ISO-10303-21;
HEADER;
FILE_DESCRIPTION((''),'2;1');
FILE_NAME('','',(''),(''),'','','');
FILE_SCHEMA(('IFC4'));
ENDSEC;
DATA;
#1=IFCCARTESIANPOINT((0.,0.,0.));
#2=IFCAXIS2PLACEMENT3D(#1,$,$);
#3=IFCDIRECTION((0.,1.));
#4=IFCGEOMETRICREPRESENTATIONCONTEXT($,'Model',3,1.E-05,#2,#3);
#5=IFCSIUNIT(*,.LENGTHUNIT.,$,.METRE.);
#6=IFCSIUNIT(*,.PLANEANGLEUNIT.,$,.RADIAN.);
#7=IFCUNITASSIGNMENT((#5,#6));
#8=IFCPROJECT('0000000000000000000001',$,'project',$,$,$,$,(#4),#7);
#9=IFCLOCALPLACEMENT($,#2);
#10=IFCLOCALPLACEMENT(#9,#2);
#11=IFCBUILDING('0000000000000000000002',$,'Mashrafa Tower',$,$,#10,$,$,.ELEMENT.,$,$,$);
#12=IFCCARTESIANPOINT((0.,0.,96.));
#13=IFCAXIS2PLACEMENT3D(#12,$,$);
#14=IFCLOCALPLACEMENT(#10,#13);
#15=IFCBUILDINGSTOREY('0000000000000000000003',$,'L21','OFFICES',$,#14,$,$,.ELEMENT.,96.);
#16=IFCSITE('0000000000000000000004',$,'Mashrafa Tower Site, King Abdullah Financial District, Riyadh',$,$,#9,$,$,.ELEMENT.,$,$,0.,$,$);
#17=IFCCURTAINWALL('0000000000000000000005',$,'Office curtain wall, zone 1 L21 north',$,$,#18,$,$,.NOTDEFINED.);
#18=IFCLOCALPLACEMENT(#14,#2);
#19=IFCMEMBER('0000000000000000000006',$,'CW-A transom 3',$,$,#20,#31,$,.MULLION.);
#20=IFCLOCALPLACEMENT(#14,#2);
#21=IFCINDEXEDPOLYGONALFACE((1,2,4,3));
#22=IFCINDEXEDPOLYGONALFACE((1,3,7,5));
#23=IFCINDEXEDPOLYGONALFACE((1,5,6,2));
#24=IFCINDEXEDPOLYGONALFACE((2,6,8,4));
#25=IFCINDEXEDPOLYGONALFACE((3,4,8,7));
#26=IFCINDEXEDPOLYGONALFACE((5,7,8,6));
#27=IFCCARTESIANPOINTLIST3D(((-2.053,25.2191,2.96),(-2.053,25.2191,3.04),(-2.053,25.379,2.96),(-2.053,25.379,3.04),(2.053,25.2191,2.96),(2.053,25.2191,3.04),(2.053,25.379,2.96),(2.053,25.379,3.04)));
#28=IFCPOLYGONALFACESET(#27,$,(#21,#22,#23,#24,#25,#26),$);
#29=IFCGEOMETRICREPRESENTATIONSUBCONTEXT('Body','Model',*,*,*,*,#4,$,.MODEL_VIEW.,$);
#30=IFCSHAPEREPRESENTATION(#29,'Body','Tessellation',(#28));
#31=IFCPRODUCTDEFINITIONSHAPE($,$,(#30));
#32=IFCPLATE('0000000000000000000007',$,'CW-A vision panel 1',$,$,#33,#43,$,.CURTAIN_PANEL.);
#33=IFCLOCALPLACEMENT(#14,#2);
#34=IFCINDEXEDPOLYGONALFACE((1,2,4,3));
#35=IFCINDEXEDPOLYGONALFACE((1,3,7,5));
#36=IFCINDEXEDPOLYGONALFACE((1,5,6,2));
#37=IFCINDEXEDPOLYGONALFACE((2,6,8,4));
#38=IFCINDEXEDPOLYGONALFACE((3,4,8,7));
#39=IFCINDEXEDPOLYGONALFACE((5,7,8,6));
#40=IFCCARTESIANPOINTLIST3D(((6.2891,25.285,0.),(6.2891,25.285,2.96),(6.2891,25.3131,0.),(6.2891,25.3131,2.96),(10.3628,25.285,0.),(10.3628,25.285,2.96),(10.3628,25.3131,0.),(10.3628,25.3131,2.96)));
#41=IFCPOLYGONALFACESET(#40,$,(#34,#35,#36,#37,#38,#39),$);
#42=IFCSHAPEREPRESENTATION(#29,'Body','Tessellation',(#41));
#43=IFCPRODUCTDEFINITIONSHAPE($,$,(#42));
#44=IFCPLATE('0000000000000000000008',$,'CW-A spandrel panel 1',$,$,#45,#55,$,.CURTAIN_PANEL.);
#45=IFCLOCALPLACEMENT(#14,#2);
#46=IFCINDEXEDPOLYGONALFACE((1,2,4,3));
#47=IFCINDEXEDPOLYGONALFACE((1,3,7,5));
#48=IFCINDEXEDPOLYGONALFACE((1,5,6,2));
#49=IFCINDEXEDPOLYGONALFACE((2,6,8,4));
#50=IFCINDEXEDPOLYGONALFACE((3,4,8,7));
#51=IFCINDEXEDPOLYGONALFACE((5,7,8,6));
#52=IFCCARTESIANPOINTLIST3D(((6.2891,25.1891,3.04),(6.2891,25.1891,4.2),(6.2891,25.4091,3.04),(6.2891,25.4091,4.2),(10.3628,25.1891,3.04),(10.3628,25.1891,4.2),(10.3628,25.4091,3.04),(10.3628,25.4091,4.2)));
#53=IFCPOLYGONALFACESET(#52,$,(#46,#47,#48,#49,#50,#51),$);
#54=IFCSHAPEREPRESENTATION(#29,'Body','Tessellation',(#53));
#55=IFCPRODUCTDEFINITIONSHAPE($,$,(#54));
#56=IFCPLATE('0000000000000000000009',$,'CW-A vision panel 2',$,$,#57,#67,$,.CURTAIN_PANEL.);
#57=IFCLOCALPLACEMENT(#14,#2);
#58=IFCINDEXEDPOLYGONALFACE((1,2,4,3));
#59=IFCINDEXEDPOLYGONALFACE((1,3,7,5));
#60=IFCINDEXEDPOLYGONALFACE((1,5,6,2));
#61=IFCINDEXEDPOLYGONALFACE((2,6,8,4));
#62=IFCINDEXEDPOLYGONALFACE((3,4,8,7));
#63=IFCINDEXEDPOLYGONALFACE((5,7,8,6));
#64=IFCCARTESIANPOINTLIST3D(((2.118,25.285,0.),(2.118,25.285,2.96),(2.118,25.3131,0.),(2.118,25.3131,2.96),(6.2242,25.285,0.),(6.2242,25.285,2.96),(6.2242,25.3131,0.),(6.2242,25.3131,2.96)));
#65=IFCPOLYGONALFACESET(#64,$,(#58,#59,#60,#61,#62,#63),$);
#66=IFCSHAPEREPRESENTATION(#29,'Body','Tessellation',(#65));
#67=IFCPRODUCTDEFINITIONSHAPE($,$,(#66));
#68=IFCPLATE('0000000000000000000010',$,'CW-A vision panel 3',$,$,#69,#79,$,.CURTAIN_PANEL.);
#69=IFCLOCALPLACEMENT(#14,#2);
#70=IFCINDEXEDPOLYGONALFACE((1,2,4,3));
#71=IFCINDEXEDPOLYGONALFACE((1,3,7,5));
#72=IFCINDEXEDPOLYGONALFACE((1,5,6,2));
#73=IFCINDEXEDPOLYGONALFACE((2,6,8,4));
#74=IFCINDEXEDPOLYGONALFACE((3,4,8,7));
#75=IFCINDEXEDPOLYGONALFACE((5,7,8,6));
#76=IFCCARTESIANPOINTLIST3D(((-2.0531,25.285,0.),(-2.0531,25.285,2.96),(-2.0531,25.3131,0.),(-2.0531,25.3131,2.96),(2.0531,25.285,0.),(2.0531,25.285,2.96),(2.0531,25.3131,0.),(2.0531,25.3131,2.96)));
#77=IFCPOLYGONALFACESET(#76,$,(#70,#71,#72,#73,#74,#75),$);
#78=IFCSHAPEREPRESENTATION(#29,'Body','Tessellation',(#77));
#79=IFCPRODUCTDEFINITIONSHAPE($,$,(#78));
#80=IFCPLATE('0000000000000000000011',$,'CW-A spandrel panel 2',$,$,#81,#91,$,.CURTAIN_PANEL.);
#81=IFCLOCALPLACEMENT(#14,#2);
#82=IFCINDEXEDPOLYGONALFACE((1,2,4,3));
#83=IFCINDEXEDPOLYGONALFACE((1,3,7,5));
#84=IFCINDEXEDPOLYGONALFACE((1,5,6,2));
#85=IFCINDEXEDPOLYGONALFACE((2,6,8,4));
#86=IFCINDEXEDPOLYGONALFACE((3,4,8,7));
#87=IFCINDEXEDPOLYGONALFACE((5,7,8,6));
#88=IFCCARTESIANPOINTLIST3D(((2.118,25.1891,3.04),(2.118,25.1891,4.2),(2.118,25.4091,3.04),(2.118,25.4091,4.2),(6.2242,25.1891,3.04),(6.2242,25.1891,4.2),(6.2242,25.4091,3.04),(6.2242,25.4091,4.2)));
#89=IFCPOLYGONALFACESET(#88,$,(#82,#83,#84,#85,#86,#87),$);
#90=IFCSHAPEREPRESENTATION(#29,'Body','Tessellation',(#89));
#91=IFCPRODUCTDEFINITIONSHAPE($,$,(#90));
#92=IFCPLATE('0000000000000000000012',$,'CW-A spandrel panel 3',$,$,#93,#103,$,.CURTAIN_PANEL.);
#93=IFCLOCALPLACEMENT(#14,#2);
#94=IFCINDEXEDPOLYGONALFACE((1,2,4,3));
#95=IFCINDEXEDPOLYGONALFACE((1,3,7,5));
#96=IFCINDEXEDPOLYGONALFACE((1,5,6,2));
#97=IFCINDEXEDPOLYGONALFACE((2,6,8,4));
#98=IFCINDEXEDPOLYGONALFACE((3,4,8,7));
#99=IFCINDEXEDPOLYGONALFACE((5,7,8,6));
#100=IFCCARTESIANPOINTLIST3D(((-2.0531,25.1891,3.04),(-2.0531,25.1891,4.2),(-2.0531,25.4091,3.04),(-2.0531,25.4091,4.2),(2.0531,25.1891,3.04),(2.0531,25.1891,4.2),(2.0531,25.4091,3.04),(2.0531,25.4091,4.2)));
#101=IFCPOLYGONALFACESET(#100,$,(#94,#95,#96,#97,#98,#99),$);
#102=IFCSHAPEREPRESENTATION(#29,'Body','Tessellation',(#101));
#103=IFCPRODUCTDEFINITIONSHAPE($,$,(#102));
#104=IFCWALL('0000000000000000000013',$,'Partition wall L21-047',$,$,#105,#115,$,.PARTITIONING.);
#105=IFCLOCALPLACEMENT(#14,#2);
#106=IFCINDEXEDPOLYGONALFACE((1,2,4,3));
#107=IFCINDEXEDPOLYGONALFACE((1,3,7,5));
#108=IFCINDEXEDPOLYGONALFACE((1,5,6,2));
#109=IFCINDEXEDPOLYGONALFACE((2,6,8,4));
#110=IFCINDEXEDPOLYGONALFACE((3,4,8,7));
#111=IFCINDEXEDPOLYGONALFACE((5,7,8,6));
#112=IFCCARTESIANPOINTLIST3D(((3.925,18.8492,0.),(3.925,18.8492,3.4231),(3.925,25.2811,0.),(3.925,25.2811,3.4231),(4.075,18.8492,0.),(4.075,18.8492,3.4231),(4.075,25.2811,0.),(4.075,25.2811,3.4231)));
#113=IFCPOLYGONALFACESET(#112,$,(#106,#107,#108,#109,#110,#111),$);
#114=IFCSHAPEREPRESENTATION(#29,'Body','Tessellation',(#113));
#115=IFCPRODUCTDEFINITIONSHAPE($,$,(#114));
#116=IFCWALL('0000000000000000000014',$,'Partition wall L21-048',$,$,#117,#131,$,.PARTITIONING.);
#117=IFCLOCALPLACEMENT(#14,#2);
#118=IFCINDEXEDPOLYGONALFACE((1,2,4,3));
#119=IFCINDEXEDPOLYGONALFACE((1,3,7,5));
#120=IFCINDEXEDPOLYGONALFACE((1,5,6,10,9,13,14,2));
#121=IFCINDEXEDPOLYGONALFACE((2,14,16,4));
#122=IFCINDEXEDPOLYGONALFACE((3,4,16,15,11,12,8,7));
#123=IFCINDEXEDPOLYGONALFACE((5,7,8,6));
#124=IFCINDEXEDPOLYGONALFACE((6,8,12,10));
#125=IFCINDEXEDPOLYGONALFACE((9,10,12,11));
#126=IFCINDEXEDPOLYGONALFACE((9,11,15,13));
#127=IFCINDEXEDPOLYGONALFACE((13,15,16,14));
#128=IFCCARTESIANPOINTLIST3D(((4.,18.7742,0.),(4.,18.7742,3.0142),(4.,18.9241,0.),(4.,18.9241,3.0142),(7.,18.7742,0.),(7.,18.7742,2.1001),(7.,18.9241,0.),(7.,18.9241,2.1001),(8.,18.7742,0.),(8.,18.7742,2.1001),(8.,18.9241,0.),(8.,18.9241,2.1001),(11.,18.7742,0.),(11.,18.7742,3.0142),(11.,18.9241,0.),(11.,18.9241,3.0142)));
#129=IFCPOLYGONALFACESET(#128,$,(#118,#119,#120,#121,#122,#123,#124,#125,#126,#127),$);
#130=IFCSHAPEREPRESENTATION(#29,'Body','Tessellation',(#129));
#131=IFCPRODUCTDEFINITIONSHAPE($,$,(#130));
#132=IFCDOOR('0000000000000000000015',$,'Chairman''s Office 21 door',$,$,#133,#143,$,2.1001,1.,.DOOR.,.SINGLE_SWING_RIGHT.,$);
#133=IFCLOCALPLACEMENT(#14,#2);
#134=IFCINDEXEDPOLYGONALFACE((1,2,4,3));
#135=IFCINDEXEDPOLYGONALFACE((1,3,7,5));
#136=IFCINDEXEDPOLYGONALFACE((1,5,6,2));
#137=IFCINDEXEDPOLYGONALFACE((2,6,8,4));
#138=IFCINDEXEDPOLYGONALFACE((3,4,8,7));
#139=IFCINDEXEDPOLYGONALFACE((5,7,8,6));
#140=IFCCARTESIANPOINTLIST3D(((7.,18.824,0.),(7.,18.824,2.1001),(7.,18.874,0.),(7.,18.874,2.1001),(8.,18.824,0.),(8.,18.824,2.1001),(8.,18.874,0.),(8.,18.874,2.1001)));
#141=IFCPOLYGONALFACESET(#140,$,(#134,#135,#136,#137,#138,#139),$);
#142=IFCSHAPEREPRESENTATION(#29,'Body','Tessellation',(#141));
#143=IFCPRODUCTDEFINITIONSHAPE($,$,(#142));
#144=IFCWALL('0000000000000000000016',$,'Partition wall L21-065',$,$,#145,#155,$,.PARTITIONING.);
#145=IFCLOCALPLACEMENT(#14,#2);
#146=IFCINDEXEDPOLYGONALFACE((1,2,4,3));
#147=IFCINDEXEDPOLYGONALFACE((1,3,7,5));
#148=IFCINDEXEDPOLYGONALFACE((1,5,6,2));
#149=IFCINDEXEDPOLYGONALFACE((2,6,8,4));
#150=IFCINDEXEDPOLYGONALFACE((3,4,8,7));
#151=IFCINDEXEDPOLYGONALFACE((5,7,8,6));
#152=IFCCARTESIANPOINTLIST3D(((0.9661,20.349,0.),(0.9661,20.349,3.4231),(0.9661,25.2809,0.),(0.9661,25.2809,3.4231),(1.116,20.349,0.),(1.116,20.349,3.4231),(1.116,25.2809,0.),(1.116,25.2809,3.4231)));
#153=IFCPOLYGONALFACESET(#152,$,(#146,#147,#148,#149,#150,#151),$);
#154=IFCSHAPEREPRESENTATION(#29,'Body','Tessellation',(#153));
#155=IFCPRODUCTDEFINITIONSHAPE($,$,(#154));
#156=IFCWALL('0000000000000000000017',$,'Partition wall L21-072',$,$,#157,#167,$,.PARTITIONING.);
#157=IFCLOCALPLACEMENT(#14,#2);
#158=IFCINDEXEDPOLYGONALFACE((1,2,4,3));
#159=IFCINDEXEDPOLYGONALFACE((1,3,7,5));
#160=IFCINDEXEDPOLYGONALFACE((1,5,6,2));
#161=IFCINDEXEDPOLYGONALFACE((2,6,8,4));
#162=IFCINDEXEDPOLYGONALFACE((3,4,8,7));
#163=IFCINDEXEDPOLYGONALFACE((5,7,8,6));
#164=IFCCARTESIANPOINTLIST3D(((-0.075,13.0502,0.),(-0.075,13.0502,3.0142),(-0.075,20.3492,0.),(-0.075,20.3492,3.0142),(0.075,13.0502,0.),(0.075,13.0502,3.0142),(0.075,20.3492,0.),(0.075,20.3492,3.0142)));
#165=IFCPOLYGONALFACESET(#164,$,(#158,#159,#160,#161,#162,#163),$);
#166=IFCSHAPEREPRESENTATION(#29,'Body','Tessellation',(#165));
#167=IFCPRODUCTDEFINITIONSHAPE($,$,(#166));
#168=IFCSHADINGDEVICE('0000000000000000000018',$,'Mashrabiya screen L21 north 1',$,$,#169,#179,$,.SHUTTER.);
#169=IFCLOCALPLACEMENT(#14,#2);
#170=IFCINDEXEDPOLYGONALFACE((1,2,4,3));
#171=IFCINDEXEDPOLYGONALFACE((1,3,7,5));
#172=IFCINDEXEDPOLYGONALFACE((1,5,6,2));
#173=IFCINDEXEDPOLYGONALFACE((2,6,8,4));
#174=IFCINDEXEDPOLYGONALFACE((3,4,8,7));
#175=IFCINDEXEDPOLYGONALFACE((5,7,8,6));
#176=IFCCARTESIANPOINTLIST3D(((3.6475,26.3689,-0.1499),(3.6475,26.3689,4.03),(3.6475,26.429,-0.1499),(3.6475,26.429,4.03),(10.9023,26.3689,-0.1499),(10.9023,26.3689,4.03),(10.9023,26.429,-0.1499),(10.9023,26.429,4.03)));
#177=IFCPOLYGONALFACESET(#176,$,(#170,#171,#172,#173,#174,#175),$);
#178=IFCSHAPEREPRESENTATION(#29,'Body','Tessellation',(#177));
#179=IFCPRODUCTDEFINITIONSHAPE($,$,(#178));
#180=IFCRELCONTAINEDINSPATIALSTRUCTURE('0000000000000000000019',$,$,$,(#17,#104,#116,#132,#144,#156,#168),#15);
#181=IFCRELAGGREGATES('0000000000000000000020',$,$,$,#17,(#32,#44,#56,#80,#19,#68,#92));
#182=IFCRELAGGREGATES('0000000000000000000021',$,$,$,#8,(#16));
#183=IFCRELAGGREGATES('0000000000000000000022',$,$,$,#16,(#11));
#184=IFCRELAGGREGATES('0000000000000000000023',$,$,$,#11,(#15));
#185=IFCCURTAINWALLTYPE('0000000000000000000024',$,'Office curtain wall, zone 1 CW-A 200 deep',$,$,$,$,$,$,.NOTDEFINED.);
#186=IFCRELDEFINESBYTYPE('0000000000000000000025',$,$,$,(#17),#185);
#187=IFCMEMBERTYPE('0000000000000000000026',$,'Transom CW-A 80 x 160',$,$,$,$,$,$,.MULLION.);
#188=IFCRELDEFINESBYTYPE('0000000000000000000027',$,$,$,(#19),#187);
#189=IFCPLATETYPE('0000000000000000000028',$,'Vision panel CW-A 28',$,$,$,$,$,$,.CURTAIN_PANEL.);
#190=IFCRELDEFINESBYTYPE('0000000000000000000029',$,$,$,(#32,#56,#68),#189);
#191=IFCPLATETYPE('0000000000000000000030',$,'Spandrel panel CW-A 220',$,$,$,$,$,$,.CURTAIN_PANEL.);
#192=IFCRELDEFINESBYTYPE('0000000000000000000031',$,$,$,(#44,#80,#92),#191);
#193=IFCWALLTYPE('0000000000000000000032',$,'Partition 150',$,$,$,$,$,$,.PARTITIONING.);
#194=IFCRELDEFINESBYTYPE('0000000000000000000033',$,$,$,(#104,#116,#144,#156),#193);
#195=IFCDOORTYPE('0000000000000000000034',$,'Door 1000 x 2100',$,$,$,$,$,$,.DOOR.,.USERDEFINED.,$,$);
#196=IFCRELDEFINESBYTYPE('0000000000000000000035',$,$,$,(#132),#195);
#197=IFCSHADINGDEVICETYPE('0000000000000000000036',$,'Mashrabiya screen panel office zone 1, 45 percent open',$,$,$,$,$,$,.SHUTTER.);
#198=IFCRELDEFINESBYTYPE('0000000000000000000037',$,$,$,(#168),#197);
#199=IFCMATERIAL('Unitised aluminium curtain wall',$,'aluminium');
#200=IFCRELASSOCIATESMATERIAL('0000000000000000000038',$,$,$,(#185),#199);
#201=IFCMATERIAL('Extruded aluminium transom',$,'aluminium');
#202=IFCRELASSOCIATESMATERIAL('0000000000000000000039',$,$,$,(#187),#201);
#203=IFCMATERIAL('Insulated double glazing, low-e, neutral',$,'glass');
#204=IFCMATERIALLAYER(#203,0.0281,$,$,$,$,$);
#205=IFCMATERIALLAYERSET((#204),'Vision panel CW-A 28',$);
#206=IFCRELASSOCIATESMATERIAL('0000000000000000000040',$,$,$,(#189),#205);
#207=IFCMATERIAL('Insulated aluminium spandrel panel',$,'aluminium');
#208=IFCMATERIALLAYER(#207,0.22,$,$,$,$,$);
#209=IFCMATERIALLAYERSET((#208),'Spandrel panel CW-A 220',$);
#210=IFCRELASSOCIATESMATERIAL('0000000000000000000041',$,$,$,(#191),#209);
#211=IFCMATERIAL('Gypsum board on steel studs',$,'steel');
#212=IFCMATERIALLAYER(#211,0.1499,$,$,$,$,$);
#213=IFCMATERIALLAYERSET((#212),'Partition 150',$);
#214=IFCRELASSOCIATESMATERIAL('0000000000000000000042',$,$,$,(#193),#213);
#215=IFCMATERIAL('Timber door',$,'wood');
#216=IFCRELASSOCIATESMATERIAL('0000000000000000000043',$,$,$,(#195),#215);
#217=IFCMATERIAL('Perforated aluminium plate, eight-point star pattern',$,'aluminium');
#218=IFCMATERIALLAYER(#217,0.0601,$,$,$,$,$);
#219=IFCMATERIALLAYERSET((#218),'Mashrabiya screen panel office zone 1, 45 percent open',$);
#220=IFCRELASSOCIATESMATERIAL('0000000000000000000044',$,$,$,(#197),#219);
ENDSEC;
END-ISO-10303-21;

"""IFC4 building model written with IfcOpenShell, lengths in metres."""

from ifc_helpers import new_model, si_unit, direction, frame, frame_2d, origin, origin_2d, place, context, subcontext, project, spatial, rectangle, extrude, source, transform, mapped, material, layer, layer_set, material_profile, profile_set, type_object, type_shapes, element, fill, aggregate, save


model = new_model("IFC4")

# Units and contexts
model_context = context("Model", 3, precision=1e-05, world=origin(), true_north=direction((0.0, 1.0)))
body_context = subcontext(model_context, "Body", "Model", "MODEL_VIEW")
ifc_project = project(units=[si_unit("LENGTHUNIT", "METRE"), si_unit("PLANEANGLEUNIT", "RADIAN")], contexts=[model_context])

# Site, building, storey
site_placement = place(None, origin())
site = spatial("IfcSite", under=ifc_project, at=site_placement, Name="Mashrafa Tower Site, King Abdullah Financial District, Riyadh", CompositionType="ELEMENT", RefElevation=0.0)
building_placement = place(site_placement, origin())
building = spatial("IfcBuilding", under=site, at=building_placement, Name="Mashrafa Tower", CompositionType="ELEMENT")
storey_placement = place(building_placement, frame((0.0, 0.0, 96.0)))
storey = spatial("IfcBuildingStorey", under=building, at=storey_placement, Name="L21", Description="OFFICES", CompositionType="ELEMENT", Elevation=96.0)

# Shared definitions
ifc_material_1 = material(Name="Unitised aluminium curtain wall", Category="aluminium")
curtain_wall_type = type_object("IfcCurtainWallType", Name="Office curtain wall, zone 1 CW-A 200 deep", PredefinedType="NOTDEFINED", material=ifc_material_1)

# Curtain wall, member, plates
curtain_wall_1_placement = place(storey_placement, origin())
curtain_wall_1 = element("IfcCurtainWall", 1, at=curtain_wall_1_placement, inside=storey, type_object=curtain_wall_type, Name="Office curtain wall, zone 1 L21 north", PredefinedType="NOTDEFINED")
ifc_material_2 = material(Name="Extruded aluminium transom", Category="aluminium")
ifc_material_profile_1 = material_profile(ifc_material_2, rectangle(XDim=0.1599, YDim=0.0801, at=origin_2d()), Name="Transom 80x160")
ifc_profile_set_1 = profile_set([ifc_material_profile_1], Name="Extruded aluminium transom")
member_type_1 = type_object("IfcMemberType", Name="Transom CW-A 80 x 160", PredefinedType="MULLION", material=ifc_profile_set_1)
shared_shape_1 = source(origin(), body_context, "Body", "SweptSolid", [
    extrude(rectangle(XDim=0.1599, YDim=0.0801, at=origin_2d()), origin(), (0.0, 0.0, 1.0), 4.106),
])
member_1_placement = place(storey_placement, frame((2.053, 25.2991, 3.0), z_axis=(-1.0, 0.0, 0.0), x_axis=(0.0, -1.0, 0.0)))
member_1 = element("IfcMember", 2, at=member_1_placement, type_object=member_type_1, Name="CW-A transom 3", PredefinedType="MULLION", context=body_context, shape_type="MappedRepresentation", body=[
    mapped(shared_shape_1, transform((0.0, 0.0, 0.0))),
])
ifc_material_3 = material(Name="Insulated double glazing, low-e, neutral", Category="glass")
ifc_layer_1 = layer(ifc_material_3, 0.0281)
ifc_layer_set_1 = layer_set([ifc_layer_1], Name="Vision panel CW-A 28")
plate_type_1 = type_object("IfcPlateType", Name="Vision panel CW-A 28", PredefinedType="CURTAIN_PANEL", material=ifc_layer_set_1)
shared_shape_2 = source(origin(), body_context, "Body", "SweptSolid", [
    extrude(rectangle(XDim=4.0737, YDim=0.0281, at=origin_2d()), origin(), (0.0, 0.0, 1.0), 2.96),
])
plate_1_placement = place(storey_placement, frame((8.3259, 25.2991, 0.0), z_axis=(0.0, 0.0, 1.0), x_axis=(-1.0, 0.0, 0.0)))
plate_1 = element("IfcPlate", 3, at=plate_1_placement, type_object=plate_type_1, Name="CW-A vision panel 1", PredefinedType="CURTAIN_PANEL", context=body_context, shape_type="MappedRepresentation", body=[
    mapped(shared_shape_2, transform((0.0, 0.0, 0.0))),
])
ifc_material_4 = material(Name="Insulated aluminium spandrel panel", Category="aluminium")
ifc_layer_2 = layer(ifc_material_4, 0.22)
ifc_layer_set_2 = layer_set([ifc_layer_2], Name="Spandrel panel CW-A 220")
plate_type_2 = type_object("IfcPlateType", Name="Spandrel panel CW-A 220", PredefinedType="CURTAIN_PANEL", material=ifc_layer_set_2)
shared_shape_3 = source(origin(), body_context, "Body", "SweptSolid", [
    extrude(rectangle(XDim=4.0737, YDim=0.22, at=origin_2d()), origin(), (0.0, 0.0, 1.0), 1.1599),
])
plate_2_placement = place(storey_placement, frame((8.3259, 25.2991, 3.04), z_axis=(0.0, 0.0, 1.0), x_axis=(-1.0, 0.0, 0.0)))
plate_2 = element("IfcPlate", 4, at=plate_2_placement, type_object=plate_type_2, Name="CW-A spandrel panel 1", PredefinedType="CURTAIN_PANEL", context=body_context, shape_type="MappedRepresentation", body=[
    mapped(shared_shape_3, transform((0.0, 0.0, 0.0))),
])
shared_shape_4 = source(origin(), body_context, "Body", "SweptSolid", [
    extrude(rectangle(XDim=4.1062, YDim=0.0281, at=origin_2d()), origin(), (0.0, 0.0, 1.0), 2.96),
])
type_shapes(plate_type_1, [shared_shape_2, shared_shape_4])
plate_3_placement = place(storey_placement, frame((4.1711, 25.2991, 0.0), z_axis=(0.0, 0.0, 1.0), x_axis=(-1.0, 0.0, 0.0)))
plate_3 = element("IfcPlate", 5, at=plate_3_placement, type_object=plate_type_1, Name="CW-A vision panel 2", PredefinedType="CURTAIN_PANEL", context=body_context, shape_type="MappedRepresentation", body=[
    mapped(shared_shape_4, transform((0.0, 0.0, 0.0))),
])
plate_4_placement = place(storey_placement, frame((0.0, 25.2991, 0.0), z_axis=(0.0, 0.0, 1.0), x_axis=(-1.0, 0.0, 0.0)))
plate_4 = element("IfcPlate", 6, at=plate_4_placement, type_object=plate_type_1, Name="CW-A vision panel 3", PredefinedType="CURTAIN_PANEL", context=body_context, shape_type="MappedRepresentation", body=[
    mapped(shared_shape_4, transform((0.0, 0.0, 0.0))),
])
shared_shape_5 = source(origin(), body_context, "Body", "SweptSolid", [
    extrude(rectangle(XDim=4.1062, YDim=0.22, at=origin_2d()), origin(), (0.0, 0.0, 1.0), 1.1599),
])
type_shapes(plate_type_2, [shared_shape_3, shared_shape_5])
plate_5_placement = place(storey_placement, frame((4.1711, 25.2991, 3.04), z_axis=(0.0, 0.0, 1.0), x_axis=(-1.0, 0.0, 0.0)))
plate_5 = element("IfcPlate", 7, at=plate_5_placement, type_object=plate_type_2, Name="CW-A spandrel panel 2", PredefinedType="CURTAIN_PANEL", context=body_context, shape_type="MappedRepresentation", body=[
    mapped(shared_shape_5, transform((0.0, 0.0, 0.0))),
])
plate_6_placement = place(storey_placement, frame((0.0, 25.2991, 3.04), z_axis=(0.0, 0.0, 1.0), x_axis=(-1.0, 0.0, 0.0)))
plate_6 = element("IfcPlate", 8, at=plate_6_placement, type_object=plate_type_2, Name="CW-A spandrel panel 3", PredefinedType="CURTAIN_PANEL", context=body_context, shape_type="MappedRepresentation", body=[
    mapped(shared_shape_5, transform((0.0, 0.0, 0.0))),
])
aggregate(curtain_wall_1, [plate_1, plate_2, plate_3, plate_5, member_1, plate_4, plate_6])

# Wall
ifc_material_5 = material(Name="Gypsum board on steel studs", Category="steel")
ifc_layer_3 = layer(ifc_material_5, 0.1499)
ifc_layer_set_3 = layer_set([ifc_layer_3], Name="Partition 150")
wall_type = type_object("IfcWallType", Name="Partition 150", PredefinedType="PARTITIONING", material=ifc_layer_set_3)
wall_1_placement = place(storey_placement, frame((4.0, 25.281, 0.0), z_axis=(0.0, 0.0, 1.0), x_axis=(0.0, -1.0, 0.0)))
element("IfcWall", 9, at=wall_1_placement, inside=storey, type_object=wall_type, Name="Partition wall L21-047", PredefinedType="PARTITIONING", context=body_context, shape_type="SweptSolid", body=[
    extrude(rectangle(XDim=6.4319, YDim=0.1499, at=frame_2d((3.2158, 0.0))), origin(), (0.0, 0.0, 1.0), 3.4231),
])

# Wall, opening, door
wall_2_placement = place(storey_placement, frame((4.0, 18.8491, 0.0), z_axis=(0.0, 0.0, 1.0), x_axis=(1.0, 0.0, 0.0)))
wall_2 = element("IfcWall", 10, at=wall_2_placement, inside=storey, type_object=wall_type, Name="Partition wall L21-048", PredefinedType="PARTITIONING", context=body_context, shape_type="SweptSolid", body=[
    extrude(rectangle(XDim=7.0, YDim=0.1499, at=frame_2d((3.5, 0.0))), origin(), (0.0, 0.0, 1.0), 3.0142),
])
opening_placement = place(wall_2_placement, frame((3.0, 0.0, 0.0)))
opening = element("IfcOpeningElement", 11, at=opening_placement, cuts=wall_2, PredefinedType="OPENING", context=body_context, shape_type="SweptSolid", body=[
    extrude(rectangle(XDim=1.0, YDim=2.1001, at=frame_2d((0.5, 1.05))), frame((0.0, 0.085, 0.0), z_axis=(0.0, -1.0, 0.0), x_axis=(1.0, 0.0, 0.0)), (0.0, 0.0, 1.0), 0.1699),
])
ifc_material_6 = material(Name="Timber door", Category="wood")
door_type = type_object("IfcDoorType", Name="Door 1000 x 2100", OperationType="USERDEFINED", PredefinedType="DOOR", material=ifc_material_6)
door_placement = place(opening_placement, origin())
door = element("IfcDoor", 12, at=door_placement, inside=storey, type_object=door_type, Name="Chairman's Office 21 door", OperationType="SINGLE_SWING_RIGHT", OverallHeight=2.1001, OverallWidth=1.0, PredefinedType="DOOR", context=body_context, shape_type="SweptSolid", body=[
    extrude(rectangle(XDim=1.0, YDim=2.1001, at=frame_2d((0.5, 1.05))), frame((0.0, 0.0249, 0.0), z_axis=(0.0, -1.0, 0.0), x_axis=(1.0, 0.0, 0.0)), (0.0, 0.0, 1.0), 0.05),
])
fill(opening, door)

# Walls
wall_3_placement = place(storey_placement, frame((1.041, 20.3491, 0.0), z_axis=(0.0, 0.0, 1.0), x_axis=(0.0, 1.0, 0.0)))
element("IfcWall", 13, at=wall_3_placement, inside=storey, type_object=wall_type, Name="Partition wall L21-065", PredefinedType="PARTITIONING", context=body_context, shape_type="SweptSolid", body=[
    extrude(rectangle(XDim=4.9319, YDim=0.1499, at=frame_2d((2.4658, 0.0))), origin(), (0.0, 0.0, 1.0), 3.4231),
])
wall_4_placement = place(storey_placement, frame((0.0, 20.3491, 0.0), z_axis=(0.0, 0.0, 1.0), x_axis=(0.0, -1.0, 0.0)))
element("IfcWall", 14, at=wall_4_placement, inside=storey, type_object=wall_type, Name="Partition wall L21-072", PredefinedType="PARTITIONING", context=body_context, shape_type="SweptSolid", body=[
    extrude(rectangle(XDim=7.2991, YDim=0.1499, at=frame_2d((3.6494, 0.0))), origin(), (0.0, 0.0, 1.0), 3.0142),
])

# Shading device
ifc_material_7 = material(Name="Perforated aluminium plate, eight-point star pattern", Category="aluminium")
ifc_layer_4 = layer(ifc_material_7, 0.0601)
ifc_layer_set_4 = layer_set([ifc_layer_4], Name="Mashrabiya screen panel office zone 1, 45 percent open")
shading_device_type = type_object("IfcShadingDeviceType", Name="Mashrabiya screen panel office zone 1, 45 percent open", PredefinedType="SHUTTER", material=ifc_layer_set_4)
shared_shape_6 = source(origin(), body_context, "Body", "SweptSolid", [
    extrude(rectangle(XDim=7.2549, YDim=0.0601, at=origin_2d()), origin(), (0.0, 0.0, 1.0), 4.1799),
])
type_shapes(shading_device_type, [shared_shape_6])
for number, where, z_axis, x_axis, name in (
    (15, (7.2749, 26.3989, -0.1499), (0.0, 0.0, 1.0), (-1.0, 0.0, 0.0), "Mashrabiya screen L21 north 1"),
):
    element("IfcShadingDevice", number, at=place(storey_placement, frame(where, z_axis=z_axis, x_axis=x_axis)), inside=storey, type_object=shading_device_type, Name=name, PredefinedType="SHUTTER", context=body_context, shape_type="MappedRepresentation", body=[
        mapped(shared_shape_6, transform((0.0, 0.0, 0.0))),
    ])

save(model, "model.ifc")
